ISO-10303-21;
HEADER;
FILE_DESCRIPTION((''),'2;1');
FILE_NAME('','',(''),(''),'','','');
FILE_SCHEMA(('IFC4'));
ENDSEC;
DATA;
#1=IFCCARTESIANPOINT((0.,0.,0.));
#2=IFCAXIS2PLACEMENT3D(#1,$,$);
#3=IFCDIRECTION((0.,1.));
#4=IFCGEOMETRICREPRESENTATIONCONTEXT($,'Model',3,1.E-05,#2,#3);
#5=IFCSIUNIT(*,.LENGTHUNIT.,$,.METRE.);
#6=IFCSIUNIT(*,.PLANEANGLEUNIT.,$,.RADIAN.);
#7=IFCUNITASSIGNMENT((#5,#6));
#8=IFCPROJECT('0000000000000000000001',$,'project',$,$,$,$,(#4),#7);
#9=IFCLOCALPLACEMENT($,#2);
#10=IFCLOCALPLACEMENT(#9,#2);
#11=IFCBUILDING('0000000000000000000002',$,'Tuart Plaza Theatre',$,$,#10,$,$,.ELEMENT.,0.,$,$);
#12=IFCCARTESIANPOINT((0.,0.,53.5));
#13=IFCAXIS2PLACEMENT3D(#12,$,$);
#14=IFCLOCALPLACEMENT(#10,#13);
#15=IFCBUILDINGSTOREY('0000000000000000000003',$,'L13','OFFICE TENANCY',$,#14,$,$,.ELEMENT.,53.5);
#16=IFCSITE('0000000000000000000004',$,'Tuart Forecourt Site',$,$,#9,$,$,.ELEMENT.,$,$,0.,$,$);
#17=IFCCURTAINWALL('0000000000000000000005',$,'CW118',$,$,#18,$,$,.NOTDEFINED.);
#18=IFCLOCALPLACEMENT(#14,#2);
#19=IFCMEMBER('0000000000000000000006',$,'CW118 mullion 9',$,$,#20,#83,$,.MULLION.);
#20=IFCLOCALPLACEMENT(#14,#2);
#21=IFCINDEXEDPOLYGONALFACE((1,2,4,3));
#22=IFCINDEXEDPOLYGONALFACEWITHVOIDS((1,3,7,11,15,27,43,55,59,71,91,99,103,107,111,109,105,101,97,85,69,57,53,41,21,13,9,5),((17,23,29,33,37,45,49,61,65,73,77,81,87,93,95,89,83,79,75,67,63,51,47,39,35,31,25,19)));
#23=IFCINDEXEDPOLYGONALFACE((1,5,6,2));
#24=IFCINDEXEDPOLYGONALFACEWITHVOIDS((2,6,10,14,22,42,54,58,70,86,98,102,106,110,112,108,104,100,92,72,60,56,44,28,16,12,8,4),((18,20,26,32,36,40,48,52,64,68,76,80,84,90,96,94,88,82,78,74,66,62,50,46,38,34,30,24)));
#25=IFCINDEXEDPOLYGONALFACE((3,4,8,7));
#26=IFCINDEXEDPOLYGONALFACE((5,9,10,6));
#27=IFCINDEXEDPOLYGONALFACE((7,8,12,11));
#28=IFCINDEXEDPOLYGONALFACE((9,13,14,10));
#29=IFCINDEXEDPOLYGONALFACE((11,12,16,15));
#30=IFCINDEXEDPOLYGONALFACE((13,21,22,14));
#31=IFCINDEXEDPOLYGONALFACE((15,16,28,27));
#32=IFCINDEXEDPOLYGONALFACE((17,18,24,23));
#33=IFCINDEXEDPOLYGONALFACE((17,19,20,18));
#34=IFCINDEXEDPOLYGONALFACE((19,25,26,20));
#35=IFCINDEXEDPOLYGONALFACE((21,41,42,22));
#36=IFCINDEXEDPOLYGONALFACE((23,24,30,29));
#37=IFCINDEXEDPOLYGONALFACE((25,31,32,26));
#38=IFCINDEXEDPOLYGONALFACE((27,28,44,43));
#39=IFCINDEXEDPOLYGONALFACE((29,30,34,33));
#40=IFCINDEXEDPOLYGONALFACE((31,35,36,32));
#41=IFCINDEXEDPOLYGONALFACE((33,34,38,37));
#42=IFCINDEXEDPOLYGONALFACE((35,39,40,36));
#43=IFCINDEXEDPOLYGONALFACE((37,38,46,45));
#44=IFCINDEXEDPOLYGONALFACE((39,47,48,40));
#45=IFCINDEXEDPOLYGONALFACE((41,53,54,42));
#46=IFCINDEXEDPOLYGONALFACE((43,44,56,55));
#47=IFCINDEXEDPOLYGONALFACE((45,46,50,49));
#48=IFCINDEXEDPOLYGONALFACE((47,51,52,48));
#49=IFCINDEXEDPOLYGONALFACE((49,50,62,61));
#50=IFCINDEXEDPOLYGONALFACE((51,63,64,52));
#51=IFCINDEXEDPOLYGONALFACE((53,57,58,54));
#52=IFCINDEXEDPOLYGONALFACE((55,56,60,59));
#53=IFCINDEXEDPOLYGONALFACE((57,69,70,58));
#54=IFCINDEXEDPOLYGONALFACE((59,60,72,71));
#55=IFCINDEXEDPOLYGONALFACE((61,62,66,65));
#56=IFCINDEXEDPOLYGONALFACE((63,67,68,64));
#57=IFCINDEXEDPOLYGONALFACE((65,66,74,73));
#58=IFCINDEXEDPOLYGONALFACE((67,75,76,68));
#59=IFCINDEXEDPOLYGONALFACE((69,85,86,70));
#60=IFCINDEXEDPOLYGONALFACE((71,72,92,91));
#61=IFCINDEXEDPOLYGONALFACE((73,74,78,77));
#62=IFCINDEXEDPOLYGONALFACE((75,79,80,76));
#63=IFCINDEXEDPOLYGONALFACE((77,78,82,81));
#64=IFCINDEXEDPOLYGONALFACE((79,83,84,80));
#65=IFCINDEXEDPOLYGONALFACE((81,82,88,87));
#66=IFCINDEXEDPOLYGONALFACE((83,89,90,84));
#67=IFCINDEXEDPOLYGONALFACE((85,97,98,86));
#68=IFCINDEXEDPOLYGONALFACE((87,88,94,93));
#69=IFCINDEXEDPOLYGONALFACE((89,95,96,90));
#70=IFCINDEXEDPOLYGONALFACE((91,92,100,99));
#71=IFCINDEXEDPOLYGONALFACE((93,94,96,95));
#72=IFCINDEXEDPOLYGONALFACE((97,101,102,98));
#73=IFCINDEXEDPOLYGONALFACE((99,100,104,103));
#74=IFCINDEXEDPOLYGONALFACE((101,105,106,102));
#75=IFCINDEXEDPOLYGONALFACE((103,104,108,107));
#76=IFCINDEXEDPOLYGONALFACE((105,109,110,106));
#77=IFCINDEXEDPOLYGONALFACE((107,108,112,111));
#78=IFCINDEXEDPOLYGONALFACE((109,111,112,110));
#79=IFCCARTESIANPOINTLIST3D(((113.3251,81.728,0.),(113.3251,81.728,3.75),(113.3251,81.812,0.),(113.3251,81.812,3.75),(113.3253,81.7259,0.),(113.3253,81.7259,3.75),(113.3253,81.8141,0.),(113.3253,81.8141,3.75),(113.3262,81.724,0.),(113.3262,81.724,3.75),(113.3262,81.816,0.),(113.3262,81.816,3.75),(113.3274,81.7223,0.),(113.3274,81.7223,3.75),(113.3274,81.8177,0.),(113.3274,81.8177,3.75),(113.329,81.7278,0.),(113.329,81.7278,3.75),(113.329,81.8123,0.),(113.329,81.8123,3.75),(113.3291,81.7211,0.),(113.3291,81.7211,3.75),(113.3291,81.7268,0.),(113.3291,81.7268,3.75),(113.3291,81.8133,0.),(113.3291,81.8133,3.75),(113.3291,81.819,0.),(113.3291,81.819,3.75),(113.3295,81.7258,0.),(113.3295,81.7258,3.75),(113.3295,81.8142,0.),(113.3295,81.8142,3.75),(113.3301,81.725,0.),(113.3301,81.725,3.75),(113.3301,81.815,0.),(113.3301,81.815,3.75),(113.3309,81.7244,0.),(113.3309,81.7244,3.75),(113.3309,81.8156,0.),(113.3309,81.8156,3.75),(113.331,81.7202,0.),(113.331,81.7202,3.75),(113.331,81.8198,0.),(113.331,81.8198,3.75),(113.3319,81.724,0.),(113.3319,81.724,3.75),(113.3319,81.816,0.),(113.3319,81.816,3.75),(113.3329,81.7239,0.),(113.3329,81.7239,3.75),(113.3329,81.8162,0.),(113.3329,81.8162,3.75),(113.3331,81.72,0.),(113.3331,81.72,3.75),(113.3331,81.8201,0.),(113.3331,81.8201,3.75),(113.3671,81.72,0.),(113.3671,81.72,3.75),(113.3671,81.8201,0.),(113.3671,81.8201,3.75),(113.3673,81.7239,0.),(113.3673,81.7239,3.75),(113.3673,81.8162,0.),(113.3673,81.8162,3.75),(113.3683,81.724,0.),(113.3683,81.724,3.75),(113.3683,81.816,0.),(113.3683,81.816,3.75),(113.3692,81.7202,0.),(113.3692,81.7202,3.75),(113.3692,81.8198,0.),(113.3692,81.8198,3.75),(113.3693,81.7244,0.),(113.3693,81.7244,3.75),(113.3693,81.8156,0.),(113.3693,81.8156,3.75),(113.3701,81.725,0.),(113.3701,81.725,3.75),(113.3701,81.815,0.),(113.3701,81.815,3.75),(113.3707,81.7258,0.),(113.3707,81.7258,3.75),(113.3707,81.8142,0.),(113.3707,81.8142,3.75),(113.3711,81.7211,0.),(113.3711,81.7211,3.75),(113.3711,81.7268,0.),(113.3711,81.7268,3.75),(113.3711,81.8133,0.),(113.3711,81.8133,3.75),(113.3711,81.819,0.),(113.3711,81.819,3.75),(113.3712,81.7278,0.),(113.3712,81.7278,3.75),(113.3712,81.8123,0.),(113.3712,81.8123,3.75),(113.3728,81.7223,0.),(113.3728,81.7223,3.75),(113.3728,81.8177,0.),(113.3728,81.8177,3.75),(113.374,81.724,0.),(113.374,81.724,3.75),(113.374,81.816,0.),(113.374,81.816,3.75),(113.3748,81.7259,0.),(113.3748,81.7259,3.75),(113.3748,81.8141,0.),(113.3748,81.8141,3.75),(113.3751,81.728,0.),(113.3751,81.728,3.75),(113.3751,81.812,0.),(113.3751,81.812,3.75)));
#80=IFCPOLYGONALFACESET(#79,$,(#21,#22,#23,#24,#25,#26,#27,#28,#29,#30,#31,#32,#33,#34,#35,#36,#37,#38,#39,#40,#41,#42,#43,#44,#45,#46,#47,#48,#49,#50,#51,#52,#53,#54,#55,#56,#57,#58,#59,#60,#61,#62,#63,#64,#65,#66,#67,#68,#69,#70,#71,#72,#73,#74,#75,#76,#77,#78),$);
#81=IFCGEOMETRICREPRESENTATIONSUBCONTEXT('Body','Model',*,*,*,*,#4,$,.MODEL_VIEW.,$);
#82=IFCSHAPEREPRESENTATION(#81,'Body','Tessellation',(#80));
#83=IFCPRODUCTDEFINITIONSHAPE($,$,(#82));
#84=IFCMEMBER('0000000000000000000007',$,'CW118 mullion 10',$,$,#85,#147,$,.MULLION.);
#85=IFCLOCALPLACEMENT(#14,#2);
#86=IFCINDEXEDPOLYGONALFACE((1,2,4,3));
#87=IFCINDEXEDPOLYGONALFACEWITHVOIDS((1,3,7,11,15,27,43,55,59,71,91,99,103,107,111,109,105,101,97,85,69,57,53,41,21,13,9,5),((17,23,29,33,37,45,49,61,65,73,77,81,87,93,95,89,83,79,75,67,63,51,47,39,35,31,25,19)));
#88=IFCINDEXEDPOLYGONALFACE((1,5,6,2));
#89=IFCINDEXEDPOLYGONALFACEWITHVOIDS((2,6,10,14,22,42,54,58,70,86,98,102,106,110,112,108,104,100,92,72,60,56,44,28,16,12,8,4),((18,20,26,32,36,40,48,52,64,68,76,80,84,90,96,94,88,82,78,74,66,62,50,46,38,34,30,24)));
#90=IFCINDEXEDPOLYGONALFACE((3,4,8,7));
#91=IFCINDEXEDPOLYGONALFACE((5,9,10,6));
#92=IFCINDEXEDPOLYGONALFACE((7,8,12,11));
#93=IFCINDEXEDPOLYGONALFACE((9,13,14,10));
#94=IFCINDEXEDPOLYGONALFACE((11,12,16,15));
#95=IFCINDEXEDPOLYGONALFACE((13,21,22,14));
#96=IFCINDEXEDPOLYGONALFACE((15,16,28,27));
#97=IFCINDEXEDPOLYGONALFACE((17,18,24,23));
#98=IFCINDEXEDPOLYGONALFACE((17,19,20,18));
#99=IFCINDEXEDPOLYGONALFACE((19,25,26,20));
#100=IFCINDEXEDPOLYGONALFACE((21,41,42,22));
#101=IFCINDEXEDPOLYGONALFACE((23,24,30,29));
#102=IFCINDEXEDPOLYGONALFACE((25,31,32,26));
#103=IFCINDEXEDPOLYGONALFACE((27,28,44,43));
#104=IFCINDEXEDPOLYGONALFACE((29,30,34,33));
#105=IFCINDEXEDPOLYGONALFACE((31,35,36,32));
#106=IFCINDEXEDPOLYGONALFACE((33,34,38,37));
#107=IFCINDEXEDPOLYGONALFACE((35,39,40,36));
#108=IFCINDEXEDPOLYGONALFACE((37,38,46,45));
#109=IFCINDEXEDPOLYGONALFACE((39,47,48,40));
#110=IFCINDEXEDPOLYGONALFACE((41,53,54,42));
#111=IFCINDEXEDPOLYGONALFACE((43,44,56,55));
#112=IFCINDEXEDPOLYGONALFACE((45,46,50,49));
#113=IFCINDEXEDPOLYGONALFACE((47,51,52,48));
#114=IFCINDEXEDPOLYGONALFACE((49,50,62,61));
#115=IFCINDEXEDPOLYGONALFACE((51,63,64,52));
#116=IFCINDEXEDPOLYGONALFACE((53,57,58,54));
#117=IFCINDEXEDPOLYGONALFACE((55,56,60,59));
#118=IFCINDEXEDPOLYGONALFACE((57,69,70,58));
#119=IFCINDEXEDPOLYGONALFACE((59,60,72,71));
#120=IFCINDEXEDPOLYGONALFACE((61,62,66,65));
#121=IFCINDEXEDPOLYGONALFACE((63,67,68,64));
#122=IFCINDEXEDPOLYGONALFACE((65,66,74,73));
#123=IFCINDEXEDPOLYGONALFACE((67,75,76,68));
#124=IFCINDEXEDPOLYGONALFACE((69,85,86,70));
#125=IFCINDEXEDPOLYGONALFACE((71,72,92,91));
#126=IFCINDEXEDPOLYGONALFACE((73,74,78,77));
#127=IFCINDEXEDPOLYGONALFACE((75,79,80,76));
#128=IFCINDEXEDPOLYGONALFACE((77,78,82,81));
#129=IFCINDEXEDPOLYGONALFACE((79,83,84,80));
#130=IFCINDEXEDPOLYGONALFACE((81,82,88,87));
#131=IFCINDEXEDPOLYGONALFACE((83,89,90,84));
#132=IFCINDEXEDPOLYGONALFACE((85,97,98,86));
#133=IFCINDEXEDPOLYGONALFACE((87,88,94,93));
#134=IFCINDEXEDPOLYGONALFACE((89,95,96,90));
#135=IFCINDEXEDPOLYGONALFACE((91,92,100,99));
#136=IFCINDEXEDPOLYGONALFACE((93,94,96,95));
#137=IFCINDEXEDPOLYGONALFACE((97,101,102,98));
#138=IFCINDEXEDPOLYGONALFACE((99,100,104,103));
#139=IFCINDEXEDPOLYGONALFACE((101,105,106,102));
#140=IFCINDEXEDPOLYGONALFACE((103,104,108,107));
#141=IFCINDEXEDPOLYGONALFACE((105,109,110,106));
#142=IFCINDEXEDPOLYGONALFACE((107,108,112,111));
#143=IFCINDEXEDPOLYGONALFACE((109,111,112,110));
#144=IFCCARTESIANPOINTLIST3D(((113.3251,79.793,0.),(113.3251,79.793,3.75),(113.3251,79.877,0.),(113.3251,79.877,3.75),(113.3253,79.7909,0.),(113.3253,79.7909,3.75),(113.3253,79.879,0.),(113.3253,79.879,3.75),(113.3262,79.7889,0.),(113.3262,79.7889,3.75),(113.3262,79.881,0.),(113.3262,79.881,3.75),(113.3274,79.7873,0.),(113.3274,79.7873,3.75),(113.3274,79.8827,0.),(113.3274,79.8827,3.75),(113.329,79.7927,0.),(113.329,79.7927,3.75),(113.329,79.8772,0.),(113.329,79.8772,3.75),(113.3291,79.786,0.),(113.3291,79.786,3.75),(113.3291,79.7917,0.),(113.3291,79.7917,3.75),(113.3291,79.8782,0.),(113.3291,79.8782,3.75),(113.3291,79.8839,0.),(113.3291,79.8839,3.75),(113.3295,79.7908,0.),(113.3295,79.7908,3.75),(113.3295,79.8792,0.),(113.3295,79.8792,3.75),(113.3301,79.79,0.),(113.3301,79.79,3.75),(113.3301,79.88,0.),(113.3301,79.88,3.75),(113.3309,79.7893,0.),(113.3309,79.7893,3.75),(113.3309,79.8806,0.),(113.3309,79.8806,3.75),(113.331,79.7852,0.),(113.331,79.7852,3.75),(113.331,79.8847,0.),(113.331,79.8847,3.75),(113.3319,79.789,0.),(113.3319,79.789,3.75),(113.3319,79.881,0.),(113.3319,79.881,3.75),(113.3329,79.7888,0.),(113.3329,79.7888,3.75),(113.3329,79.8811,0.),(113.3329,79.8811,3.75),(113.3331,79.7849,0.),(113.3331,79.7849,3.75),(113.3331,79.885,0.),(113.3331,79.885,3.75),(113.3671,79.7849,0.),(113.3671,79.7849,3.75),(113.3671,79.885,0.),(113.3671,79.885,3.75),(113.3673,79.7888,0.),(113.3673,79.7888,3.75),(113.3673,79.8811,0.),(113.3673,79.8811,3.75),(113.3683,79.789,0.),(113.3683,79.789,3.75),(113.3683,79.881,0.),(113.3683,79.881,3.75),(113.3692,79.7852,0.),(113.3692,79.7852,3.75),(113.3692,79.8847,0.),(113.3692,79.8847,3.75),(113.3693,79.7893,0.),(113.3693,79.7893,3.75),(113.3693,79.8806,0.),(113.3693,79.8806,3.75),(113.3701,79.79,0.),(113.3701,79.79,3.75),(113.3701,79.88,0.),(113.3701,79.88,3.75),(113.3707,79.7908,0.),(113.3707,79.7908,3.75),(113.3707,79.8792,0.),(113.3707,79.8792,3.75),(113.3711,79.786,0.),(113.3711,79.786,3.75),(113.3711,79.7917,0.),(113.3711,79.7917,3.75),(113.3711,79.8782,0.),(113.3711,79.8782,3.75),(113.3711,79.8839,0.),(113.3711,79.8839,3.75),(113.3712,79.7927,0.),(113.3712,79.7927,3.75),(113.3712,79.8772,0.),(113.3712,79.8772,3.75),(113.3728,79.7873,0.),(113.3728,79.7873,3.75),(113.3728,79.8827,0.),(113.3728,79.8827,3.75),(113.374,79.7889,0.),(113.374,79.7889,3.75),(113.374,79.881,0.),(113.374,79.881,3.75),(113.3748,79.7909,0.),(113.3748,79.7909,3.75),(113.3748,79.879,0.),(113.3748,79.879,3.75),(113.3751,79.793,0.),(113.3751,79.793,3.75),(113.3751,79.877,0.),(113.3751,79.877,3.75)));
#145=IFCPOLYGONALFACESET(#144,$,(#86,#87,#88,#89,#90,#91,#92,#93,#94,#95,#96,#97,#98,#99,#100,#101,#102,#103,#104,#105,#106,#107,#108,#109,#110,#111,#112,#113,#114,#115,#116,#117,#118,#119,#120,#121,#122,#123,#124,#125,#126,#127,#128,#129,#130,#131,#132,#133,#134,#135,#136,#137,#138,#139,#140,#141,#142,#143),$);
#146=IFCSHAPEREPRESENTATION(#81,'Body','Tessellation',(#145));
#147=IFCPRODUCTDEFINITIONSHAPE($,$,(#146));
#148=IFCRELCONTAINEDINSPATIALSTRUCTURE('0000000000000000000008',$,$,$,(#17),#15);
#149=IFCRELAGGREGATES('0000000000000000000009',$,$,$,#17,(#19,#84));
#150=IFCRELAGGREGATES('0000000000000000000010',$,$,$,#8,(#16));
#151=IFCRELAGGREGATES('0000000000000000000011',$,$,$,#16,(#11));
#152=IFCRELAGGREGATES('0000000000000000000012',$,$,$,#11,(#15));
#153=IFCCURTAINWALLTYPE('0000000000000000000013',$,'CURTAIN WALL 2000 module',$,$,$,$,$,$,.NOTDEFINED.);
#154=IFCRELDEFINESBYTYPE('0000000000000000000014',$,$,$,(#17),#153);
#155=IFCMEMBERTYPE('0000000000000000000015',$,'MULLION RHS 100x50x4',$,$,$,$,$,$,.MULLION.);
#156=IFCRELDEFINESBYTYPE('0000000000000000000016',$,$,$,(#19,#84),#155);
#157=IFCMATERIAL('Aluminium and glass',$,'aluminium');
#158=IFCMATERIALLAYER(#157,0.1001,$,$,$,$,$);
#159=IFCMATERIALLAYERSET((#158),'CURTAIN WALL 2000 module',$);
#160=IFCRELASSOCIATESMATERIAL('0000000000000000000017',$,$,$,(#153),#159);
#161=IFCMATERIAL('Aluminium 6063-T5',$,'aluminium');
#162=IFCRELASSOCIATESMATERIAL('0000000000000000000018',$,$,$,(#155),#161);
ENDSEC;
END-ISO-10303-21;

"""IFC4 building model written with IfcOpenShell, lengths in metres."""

from ifc_helpers import new_model, si_unit, direction, frame, origin, origin_2d, place, context, subcontext, project, spatial, hollow_rectangle, extrude, material, layer, layer_set, material_profile, profile_set, type_object, element, aggregate, save


model = new_model("IFC4")

# Units and contexts
model_context = context("Model", 3, precision=1e-05, world=origin(), true_north=direction((0.0, 1.0)))
body_context = subcontext(model_context, "Body", "Model", "MODEL_VIEW")
ifc_project = project(units=[si_unit("LENGTHUNIT", "METRE"), si_unit("PLANEANGLEUNIT", "RADIAN")], contexts=[model_context])

# Site, building, storey
site_placement = place(None, origin())
site = spatial("IfcSite", under=ifc_project, at=site_placement, Name="Tuart Forecourt Site", CompositionType="ELEMENT", RefElevation=0.0)
building_placement = place(site_placement, origin())
building = spatial("IfcBuilding", under=site, at=building_placement, Name="Tuart Plaza Theatre", CompositionType="ELEMENT", ElevationOfRefHeight=0.0)
storey_placement = place(building_placement, frame((0.0, 0.0, 53.5)))
storey = spatial("IfcBuildingStorey", under=building, at=storey_placement, Name="L13", Description="OFFICE TENANCY", CompositionType="ELEMENT", Elevation=53.5)

# Curtain wall, members
ifc_material_1 = material(Name="Aluminium and glass", Category="aluminium")
ifc_layer_1 = layer(ifc_material_1, 0.1001)
ifc_layer_set_1 = layer_set([ifc_layer_1], Name="CURTAIN WALL 2000 module")
curtain_wall_type = type_object("IfcCurtainWallType", Name="CURTAIN WALL 2000 module", PredefinedType="NOTDEFINED", material=ifc_layer_set_1)
curtain_wall_placement = place(storey_placement, origin())
curtain_wall = element("IfcCurtainWall", 1, at=curtain_wall_placement, inside=storey, type_object=curtain_wall_type, Name="CW118", PredefinedType="NOTDEFINED")
ifc_material_2 = material(Name="Aluminium 6063-T5", Category="aluminium")
ifc_material_profile_1 = material_profile(ifc_material_2, hollow_rectangle(XDim=0.05, YDim=0.1001, WallThickness=0.0039, InnerFilletRadius=0.0039, OuterFilletRadius=0.0081, at=origin_2d()), Name="RHS 100x50x4")
ifc_profile_set_1 = profile_set([ifc_material_profile_1], Name="Aluminium 6063-T5")
member_type_1 = type_object("IfcMemberType", Name="MULLION RHS 100x50x4", PredefinedType="MULLION", material=ifc_profile_set_1)
member_1_placement = place(storey_placement, frame((113.3501, 81.77, 0.0), z_axis=(0.0, 0.0, 1.0), x_axis=(1.0, 0.0, 0.0)))
member_1 = element("IfcMember", 2, at=member_1_placement, type_object=member_type_1, Name="CW118 mullion 9", PredefinedType="MULLION", context=body_context, shape_type="SweptSolid", body=[
    extrude(hollow_rectangle(XDim=0.05, YDim=0.1001, WallThickness=0.0039, InnerFilletRadius=0.0039, OuterFilletRadius=0.0081, at=origin_2d()), origin(), (0.0, 0.0, 1.0), 3.75),
])
member_2_placement = place(storey_placement, frame((113.3501, 79.835, 0.0), z_axis=(0.0, 0.0, 1.0), x_axis=(1.0, 0.0, 0.0)))
member_2 = element("IfcMember", 3, at=member_2_placement, type_object=member_type_1, Name="CW118 mullion 10", PredefinedType="MULLION", context=body_context, shape_type="SweptSolid", body=[
    extrude(hollow_rectangle(XDim=0.05, YDim=0.1001, WallThickness=0.0039, InnerFilletRadius=0.0039, OuterFilletRadius=0.0081, at=origin_2d()), origin(), (0.0, 0.0, 1.0), 3.75),
])
aggregate(curtain_wall, [member_1, member_2])

save(model, "model.ifc")
